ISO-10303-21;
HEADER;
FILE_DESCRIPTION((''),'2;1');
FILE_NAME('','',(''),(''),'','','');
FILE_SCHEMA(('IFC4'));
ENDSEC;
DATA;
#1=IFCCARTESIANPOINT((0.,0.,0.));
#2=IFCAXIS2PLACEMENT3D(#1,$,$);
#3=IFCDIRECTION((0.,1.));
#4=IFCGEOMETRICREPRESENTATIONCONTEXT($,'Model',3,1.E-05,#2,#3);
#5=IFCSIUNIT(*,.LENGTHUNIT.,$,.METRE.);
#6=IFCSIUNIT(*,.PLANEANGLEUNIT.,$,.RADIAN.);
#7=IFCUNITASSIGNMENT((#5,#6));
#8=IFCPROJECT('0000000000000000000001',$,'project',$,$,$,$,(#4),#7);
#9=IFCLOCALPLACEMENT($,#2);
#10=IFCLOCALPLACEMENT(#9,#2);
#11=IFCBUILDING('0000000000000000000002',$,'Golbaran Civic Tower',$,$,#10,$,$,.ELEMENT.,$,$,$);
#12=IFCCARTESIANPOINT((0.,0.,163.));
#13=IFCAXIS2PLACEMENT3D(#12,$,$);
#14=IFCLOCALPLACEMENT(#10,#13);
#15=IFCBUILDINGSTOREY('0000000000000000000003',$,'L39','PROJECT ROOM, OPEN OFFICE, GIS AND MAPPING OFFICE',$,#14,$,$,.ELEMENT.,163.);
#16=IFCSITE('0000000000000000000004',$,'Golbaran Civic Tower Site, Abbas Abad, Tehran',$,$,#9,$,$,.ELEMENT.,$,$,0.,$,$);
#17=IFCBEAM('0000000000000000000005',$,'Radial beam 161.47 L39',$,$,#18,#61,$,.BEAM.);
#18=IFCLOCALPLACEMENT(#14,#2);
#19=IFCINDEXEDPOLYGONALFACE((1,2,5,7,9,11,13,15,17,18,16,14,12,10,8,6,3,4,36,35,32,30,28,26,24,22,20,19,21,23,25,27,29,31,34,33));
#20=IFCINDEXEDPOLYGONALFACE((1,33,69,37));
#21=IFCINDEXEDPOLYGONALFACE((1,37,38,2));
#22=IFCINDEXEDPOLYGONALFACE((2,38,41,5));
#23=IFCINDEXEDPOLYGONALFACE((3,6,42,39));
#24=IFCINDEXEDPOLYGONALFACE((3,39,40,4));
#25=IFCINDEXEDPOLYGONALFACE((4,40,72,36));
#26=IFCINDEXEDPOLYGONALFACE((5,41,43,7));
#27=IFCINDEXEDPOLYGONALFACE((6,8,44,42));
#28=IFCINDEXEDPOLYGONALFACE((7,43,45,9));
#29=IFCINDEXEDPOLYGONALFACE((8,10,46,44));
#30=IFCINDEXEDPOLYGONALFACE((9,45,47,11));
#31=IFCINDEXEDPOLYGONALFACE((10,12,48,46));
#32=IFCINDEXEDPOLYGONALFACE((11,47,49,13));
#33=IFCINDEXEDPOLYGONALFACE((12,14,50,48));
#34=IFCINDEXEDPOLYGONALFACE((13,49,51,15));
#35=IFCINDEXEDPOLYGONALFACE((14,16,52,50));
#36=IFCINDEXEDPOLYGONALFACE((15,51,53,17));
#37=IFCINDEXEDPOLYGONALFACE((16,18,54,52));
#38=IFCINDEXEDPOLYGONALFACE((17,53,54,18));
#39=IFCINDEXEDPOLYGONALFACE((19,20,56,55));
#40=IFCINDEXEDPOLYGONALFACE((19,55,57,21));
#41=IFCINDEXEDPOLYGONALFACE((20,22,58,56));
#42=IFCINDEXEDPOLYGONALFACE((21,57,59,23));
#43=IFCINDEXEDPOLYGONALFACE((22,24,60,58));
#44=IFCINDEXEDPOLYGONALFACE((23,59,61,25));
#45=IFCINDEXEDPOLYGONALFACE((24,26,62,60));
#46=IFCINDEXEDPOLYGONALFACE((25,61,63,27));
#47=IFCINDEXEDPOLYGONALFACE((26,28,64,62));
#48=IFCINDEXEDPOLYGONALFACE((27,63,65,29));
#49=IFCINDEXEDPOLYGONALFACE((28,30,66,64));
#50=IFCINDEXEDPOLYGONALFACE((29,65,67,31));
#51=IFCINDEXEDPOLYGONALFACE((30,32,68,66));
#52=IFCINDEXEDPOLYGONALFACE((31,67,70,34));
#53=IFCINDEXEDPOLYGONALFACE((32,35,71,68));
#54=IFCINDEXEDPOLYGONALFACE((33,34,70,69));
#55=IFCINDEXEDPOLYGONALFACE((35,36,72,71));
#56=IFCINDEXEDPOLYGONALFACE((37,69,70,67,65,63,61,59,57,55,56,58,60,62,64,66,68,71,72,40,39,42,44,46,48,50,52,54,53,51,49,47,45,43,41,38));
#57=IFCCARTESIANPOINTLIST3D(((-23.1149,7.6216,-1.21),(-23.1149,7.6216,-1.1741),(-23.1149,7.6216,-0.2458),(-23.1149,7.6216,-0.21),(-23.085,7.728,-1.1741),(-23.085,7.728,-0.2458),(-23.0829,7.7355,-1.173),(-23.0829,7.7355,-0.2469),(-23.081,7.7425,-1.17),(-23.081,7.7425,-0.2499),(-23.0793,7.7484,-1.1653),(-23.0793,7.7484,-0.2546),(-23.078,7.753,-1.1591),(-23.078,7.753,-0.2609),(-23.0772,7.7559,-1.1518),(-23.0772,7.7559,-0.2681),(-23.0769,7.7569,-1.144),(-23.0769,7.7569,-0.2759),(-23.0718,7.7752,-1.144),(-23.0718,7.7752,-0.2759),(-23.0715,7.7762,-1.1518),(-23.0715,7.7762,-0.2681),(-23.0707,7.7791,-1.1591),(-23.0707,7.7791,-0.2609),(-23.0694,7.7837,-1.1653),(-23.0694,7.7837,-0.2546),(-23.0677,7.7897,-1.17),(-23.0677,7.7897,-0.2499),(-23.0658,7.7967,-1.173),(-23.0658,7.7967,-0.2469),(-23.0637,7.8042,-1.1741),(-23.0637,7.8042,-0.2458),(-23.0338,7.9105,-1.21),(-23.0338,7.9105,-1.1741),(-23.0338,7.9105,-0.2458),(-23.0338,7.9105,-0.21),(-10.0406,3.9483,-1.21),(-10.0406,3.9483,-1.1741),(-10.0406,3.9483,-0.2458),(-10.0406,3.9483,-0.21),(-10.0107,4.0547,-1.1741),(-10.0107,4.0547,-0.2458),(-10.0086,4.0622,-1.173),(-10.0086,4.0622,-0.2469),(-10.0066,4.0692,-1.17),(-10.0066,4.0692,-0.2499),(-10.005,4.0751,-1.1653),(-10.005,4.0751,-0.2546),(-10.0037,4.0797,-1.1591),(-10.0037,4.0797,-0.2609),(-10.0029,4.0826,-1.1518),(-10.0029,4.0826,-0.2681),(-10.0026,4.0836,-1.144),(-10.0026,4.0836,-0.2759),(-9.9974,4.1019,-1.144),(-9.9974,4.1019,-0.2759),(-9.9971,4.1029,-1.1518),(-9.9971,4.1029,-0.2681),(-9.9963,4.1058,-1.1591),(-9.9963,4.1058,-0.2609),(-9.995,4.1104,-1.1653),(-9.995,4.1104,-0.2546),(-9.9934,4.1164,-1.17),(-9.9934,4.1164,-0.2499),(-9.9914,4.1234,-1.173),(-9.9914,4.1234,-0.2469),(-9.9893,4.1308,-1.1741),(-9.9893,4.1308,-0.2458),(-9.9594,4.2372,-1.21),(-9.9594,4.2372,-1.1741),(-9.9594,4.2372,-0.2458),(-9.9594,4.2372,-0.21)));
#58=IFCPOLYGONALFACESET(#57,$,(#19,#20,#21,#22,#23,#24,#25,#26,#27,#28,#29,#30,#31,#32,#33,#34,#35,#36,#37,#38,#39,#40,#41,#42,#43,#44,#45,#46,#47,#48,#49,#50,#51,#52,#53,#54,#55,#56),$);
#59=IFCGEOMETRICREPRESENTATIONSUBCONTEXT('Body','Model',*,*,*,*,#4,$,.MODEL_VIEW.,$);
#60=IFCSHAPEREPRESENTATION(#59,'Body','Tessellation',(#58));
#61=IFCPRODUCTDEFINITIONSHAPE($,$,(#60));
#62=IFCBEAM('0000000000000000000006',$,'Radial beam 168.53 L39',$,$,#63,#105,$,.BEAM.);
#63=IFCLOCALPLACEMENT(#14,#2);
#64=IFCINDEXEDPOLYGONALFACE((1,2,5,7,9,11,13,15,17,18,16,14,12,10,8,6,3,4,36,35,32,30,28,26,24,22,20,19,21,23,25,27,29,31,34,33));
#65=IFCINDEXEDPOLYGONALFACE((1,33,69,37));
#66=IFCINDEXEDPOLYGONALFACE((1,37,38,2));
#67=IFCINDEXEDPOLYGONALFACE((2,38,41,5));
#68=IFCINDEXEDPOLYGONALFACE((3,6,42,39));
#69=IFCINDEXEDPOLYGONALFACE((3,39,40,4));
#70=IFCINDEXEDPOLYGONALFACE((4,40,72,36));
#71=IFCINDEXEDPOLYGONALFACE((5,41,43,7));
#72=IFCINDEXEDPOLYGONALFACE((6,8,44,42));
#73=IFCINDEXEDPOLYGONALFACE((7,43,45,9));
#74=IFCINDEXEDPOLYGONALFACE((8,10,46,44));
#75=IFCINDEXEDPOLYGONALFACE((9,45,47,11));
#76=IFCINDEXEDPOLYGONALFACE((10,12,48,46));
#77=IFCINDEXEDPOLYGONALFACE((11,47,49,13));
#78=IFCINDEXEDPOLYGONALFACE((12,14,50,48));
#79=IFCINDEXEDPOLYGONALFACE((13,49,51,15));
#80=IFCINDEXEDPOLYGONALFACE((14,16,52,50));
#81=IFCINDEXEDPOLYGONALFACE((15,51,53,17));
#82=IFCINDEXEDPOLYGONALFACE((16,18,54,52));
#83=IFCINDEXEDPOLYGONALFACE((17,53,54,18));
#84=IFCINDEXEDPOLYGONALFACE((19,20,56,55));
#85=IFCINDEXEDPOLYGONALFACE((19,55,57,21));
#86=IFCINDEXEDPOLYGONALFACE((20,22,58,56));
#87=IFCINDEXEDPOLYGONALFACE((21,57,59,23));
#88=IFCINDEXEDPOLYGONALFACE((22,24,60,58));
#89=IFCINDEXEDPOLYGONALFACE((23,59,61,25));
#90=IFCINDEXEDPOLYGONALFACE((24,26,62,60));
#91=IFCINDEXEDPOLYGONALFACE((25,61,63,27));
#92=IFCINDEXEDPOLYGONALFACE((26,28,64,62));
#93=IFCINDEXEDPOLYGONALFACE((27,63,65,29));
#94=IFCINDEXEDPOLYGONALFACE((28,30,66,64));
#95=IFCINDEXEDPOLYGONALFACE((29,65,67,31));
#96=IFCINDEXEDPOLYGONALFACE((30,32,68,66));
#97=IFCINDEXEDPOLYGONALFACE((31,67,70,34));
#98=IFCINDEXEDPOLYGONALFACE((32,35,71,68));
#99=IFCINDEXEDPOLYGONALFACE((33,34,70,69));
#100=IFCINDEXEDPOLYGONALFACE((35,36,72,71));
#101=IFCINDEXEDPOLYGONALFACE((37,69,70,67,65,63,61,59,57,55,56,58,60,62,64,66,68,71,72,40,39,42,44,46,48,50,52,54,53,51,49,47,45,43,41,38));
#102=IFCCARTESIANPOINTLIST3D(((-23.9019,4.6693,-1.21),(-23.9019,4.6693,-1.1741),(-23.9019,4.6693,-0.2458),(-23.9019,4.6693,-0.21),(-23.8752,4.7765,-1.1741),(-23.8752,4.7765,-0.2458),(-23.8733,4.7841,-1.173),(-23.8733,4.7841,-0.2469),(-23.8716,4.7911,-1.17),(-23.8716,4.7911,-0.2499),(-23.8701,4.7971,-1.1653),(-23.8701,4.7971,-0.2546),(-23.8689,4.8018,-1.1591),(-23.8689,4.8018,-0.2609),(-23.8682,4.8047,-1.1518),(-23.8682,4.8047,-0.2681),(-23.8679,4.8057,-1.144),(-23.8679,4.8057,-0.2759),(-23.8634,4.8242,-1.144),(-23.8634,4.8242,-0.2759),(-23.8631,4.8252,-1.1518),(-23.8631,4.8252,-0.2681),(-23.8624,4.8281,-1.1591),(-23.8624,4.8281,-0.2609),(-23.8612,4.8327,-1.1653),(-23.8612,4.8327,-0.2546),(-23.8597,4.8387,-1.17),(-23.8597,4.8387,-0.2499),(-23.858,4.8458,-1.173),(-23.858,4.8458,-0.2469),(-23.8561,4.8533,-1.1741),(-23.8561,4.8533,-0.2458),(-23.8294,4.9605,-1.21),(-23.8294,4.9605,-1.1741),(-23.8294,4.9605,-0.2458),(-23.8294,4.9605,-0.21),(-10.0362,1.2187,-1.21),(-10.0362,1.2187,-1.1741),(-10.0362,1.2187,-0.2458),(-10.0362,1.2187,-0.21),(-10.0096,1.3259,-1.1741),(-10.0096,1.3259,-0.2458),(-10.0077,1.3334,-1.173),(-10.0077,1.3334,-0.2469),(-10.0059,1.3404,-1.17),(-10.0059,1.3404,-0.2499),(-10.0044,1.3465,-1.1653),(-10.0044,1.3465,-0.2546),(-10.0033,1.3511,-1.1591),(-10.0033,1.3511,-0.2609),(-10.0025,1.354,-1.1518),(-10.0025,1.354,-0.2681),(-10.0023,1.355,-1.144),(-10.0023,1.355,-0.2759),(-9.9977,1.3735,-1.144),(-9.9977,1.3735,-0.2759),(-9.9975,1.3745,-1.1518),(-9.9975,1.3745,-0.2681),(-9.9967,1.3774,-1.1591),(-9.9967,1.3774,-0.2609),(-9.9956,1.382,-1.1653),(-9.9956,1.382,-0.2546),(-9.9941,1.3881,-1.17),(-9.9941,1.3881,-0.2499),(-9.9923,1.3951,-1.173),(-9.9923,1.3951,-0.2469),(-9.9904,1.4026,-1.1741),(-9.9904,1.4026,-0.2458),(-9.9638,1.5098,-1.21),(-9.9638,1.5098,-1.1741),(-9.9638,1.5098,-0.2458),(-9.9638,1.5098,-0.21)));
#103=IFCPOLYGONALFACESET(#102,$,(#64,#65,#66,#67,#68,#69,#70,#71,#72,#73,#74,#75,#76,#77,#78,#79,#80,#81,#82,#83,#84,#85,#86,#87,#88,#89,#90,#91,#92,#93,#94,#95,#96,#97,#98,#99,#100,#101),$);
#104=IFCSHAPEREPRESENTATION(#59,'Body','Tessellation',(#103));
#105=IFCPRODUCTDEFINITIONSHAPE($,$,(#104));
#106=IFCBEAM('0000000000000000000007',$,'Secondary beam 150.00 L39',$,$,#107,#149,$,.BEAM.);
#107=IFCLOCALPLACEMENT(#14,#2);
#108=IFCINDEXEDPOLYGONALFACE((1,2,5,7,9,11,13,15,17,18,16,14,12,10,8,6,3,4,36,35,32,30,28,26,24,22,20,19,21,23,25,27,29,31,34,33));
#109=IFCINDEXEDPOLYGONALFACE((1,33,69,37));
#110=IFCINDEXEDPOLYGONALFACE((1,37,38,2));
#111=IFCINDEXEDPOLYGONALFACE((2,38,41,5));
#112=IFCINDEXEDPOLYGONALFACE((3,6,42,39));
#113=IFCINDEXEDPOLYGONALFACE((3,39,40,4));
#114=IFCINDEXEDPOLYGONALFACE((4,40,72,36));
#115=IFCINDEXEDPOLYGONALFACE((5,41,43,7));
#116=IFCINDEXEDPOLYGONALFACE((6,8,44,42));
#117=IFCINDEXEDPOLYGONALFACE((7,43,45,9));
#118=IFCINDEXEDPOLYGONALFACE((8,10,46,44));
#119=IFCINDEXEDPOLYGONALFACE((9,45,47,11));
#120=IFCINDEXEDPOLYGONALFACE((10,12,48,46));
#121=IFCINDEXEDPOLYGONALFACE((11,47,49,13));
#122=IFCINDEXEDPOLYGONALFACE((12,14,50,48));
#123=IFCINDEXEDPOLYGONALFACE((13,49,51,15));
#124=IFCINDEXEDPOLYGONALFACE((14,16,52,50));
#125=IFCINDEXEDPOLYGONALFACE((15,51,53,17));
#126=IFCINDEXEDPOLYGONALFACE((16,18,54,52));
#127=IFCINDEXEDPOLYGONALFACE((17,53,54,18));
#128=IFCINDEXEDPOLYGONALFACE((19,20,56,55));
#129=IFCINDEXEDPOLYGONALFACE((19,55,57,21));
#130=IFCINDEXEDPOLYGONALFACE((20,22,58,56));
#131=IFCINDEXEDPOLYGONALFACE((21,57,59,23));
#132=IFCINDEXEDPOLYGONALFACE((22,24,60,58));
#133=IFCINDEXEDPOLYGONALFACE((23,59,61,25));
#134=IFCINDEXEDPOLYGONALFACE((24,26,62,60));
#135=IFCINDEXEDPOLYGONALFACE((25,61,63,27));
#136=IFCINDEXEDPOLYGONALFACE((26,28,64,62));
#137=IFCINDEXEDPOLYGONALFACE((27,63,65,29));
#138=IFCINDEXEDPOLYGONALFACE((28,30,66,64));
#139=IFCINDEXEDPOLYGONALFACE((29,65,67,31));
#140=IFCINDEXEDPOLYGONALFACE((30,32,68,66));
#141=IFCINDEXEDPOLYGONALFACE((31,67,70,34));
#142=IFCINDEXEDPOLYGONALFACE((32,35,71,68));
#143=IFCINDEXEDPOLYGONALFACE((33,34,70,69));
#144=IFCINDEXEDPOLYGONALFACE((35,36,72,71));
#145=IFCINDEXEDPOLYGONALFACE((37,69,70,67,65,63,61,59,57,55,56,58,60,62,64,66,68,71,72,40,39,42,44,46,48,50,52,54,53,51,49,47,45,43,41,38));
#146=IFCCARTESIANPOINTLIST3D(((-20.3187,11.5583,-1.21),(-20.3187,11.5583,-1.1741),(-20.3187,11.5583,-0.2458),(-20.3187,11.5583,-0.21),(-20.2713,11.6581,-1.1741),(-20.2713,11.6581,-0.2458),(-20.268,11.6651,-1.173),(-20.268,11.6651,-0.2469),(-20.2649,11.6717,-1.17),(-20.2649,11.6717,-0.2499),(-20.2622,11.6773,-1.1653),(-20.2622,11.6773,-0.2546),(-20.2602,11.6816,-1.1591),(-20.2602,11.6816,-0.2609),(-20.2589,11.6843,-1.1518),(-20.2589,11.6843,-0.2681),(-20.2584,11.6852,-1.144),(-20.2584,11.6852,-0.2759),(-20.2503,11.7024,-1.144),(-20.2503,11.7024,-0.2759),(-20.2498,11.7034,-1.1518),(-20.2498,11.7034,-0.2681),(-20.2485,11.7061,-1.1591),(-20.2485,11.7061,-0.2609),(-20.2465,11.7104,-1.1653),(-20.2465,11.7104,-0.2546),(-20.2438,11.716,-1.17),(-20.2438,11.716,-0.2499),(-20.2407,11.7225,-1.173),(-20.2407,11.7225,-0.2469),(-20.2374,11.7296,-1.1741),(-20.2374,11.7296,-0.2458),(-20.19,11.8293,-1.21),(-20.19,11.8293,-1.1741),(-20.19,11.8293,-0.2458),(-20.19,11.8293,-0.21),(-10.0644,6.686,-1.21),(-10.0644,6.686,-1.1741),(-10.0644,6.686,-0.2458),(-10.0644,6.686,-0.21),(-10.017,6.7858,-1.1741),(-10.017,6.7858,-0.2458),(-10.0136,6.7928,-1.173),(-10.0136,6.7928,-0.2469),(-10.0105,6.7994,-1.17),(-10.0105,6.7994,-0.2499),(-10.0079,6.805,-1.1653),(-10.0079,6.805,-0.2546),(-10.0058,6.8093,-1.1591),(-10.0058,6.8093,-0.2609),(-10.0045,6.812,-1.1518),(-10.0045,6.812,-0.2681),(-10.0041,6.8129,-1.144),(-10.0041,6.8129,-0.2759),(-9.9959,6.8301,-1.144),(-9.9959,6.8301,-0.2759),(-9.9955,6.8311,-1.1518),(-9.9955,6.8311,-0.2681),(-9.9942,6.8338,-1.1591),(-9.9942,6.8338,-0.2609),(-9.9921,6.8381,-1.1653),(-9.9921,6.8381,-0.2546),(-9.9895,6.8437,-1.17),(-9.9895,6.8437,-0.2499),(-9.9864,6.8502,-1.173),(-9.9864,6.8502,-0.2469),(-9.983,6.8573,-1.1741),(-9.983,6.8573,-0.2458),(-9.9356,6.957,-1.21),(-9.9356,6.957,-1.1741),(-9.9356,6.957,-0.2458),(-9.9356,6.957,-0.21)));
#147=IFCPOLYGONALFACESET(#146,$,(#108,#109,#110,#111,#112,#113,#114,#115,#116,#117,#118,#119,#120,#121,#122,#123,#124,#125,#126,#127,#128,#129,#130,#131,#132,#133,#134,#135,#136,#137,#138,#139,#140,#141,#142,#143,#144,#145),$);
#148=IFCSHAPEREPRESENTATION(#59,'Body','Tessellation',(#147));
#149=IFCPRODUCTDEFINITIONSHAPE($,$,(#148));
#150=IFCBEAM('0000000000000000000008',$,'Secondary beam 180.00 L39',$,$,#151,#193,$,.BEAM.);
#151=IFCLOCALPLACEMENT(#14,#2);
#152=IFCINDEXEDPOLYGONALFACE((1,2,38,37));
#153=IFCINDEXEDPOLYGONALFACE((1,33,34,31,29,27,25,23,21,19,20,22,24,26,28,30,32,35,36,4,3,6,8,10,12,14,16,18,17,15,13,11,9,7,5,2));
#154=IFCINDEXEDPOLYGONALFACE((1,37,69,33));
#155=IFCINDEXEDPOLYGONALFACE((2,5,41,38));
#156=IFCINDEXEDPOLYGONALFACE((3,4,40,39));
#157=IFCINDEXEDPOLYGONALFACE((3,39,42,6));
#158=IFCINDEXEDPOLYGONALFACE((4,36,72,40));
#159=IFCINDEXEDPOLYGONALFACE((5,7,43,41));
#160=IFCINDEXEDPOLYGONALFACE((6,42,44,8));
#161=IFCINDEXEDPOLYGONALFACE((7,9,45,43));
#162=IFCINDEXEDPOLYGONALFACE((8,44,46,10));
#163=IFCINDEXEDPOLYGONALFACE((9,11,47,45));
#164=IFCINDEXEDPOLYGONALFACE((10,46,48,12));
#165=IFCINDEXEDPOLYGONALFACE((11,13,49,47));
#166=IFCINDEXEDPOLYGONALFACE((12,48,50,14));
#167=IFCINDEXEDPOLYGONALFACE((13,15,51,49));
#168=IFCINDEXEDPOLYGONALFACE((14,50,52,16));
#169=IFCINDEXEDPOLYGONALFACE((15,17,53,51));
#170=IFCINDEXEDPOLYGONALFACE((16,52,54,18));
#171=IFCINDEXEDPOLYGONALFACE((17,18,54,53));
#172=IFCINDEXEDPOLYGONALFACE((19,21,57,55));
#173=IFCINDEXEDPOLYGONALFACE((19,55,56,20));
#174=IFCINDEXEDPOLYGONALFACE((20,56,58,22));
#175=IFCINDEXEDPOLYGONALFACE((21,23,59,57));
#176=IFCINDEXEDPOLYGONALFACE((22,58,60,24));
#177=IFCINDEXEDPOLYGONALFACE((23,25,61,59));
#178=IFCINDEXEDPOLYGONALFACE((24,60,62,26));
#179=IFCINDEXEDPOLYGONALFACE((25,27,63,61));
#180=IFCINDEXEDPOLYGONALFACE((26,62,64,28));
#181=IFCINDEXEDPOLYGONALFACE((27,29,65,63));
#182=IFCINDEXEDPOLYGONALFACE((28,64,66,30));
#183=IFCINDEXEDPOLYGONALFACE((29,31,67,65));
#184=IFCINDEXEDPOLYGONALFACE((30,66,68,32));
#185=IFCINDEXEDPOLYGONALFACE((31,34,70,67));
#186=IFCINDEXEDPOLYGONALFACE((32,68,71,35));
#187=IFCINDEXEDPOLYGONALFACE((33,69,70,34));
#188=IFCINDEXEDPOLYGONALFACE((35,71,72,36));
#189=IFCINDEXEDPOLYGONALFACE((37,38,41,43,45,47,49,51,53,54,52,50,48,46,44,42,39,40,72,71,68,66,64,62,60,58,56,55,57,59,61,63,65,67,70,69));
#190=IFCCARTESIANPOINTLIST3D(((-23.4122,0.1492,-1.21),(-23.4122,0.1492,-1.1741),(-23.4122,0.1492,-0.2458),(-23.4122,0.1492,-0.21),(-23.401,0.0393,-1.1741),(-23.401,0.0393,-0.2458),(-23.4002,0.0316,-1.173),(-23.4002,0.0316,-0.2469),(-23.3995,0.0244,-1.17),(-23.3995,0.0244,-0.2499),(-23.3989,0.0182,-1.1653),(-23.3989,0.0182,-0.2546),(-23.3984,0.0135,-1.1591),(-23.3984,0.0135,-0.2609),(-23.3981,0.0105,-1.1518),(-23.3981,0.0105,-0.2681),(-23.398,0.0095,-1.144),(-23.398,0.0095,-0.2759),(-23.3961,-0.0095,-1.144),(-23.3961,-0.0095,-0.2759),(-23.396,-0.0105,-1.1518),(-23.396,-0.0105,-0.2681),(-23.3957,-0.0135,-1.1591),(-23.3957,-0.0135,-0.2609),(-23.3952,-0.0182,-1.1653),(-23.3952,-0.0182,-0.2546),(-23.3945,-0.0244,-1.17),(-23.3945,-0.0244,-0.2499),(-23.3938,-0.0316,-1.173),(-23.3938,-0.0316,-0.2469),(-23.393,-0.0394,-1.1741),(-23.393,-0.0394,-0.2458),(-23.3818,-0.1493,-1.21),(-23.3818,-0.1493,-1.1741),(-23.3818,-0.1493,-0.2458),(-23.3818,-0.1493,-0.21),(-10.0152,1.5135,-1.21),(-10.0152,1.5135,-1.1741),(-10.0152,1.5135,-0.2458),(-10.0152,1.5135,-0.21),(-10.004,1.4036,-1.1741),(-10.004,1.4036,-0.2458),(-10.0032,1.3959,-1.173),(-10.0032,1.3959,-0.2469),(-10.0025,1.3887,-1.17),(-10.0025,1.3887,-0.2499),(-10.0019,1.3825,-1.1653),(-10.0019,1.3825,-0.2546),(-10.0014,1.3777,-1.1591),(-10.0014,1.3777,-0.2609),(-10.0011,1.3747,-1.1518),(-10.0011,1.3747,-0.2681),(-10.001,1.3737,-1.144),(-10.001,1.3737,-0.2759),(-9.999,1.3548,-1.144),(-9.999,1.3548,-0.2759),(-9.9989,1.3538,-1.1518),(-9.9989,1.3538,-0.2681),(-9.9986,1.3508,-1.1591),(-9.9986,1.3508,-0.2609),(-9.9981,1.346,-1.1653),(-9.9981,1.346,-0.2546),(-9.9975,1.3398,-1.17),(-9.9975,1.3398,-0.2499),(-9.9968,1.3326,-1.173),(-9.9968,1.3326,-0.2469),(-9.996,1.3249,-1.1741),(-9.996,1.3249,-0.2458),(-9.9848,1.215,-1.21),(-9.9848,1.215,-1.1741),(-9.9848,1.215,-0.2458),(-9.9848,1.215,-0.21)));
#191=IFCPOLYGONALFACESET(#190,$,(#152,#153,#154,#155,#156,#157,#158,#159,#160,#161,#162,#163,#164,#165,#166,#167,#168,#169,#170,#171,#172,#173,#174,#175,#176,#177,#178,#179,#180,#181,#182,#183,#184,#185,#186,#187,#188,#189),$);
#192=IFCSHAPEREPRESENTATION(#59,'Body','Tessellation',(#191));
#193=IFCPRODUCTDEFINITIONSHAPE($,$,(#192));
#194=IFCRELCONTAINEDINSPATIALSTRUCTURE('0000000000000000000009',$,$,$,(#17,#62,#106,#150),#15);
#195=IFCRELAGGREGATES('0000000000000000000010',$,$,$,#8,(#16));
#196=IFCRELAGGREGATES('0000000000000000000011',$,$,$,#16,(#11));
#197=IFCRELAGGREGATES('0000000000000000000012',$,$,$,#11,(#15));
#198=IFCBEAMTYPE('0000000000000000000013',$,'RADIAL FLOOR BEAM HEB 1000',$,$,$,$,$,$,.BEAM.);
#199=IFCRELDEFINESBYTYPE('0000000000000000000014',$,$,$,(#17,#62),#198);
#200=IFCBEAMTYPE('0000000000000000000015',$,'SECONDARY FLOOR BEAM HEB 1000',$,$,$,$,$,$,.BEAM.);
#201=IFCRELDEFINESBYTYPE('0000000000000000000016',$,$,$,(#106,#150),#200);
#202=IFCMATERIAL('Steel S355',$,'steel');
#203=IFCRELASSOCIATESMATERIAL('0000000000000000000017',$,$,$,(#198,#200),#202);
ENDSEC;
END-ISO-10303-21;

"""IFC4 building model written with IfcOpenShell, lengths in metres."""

from ifc_helpers import new_model, si_unit, direction, frame, origin, origin_2d, place, context, subcontext, project, spatial, i_section, extrude, material, material_profile, profile_set, type_object, element, save


model = new_model("IFC4")

# Units and contexts
model_context = context("Model", 3, precision=1e-05, world=origin(), true_north=direction((0.0, 1.0)))
body_context = subcontext(model_context, "Body", "Model", "MODEL_VIEW")
ifc_project = project(units=[si_unit("LENGTHUNIT", "METRE"), si_unit("PLANEANGLEUNIT", "RADIAN")], contexts=[model_context])

# Site, building, storey
site_placement = place(None, origin())
site = spatial("IfcSite", under=ifc_project, at=site_placement, Name="Golbaran Civic Tower Site, Abbas Abad, Tehran", CompositionType="ELEMENT", RefElevation=0.0)
building_placement = place(site_placement, origin())
building = spatial("IfcBuilding", under=site, at=building_placement, Name="Golbaran Civic Tower", CompositionType="ELEMENT")
storey_placement = place(building_placement, frame((0.0, 0.0, 163.0)))
storey = spatial("IfcBuildingStorey", under=building, at=storey_placement, Name="L39", Description="PROJECT ROOM, OPEN OFFICE, GIS AND MAPPING OFFICE", CompositionType="ELEMENT", Elevation=163.0)

# Beams
ifc_material_1 = material(Name="Steel S355", Category="steel")
ifc_material_profile_1 = material_profile(ifc_material_1, i_section(OverallWidth=0.3, OverallDepth=1.0, WebThickness=0.019, FlangeThickness=0.0359, FilletRadius=0.03, at=origin_2d()), Name="HEB 1000")
ifc_profile_set_1 = profile_set([ifc_material_profile_1], Name="Steel S355")
beam_type_1 = type_object("IfcBeamType", Name="RADIAL FLOOR BEAM HEB 1000", PredefinedType="BEAM", material=ifc_profile_set_1)
beam_1_placement = place(storey_placement, frame((-10.0, 4.0928, -0.71), z_axis=(-0.962725, 0.270483, 0.0), x_axis=(-0.270483, -0.962725, 0.0)))
element("IfcBeam", 1, at=beam_1_placement, inside=storey, type_object=beam_type_1, Name="Radial beam 161.47 L39", PredefinedType="BEAM", context=body_context, shape_type="SweptSolid", body=[
    extrude(i_section(OverallWidth=0.3, OverallDepth=1.0, WebThickness=0.019, FlangeThickness=0.0359, FilletRadius=0.03, at=origin_2d()), origin(), (0.0, 0.0, 1.0), 13.5806),
])
beam_2_placement = place(storey_placement, frame((-10.0, 1.3643, -0.71), z_axis=(-0.970401, 0.241498, 0.0), x_axis=(-0.241498, -0.970401, 0.0)))
element("IfcBeam", 2, at=beam_2_placement, inside=storey, type_object=beam_type_1, Name="Radial beam 168.53 L39", PredefinedType="BEAM", context=body_context, shape_type="SweptSolid", body=[
    extrude(i_section(OverallWidth=0.3, OverallDepth=1.0, WebThickness=0.019, FlangeThickness=0.0359, FilletRadius=0.03, at=origin_2d()), origin(), (0.0, 0.0, 1.0), 14.2886),
])
ifc_material_profile_2 = material_profile(ifc_material_1, i_section(OverallWidth=0.3, OverallDepth=1.0, WebThickness=0.019, FlangeThickness=0.0359, FilletRadius=0.03, at=origin_2d()), Name="HEB 1000")
ifc_profile_set_2 = profile_set([ifc_material_profile_2], Name="Steel S355")
beam_type_2 = type_object("IfcBeamType", Name="SECONDARY FLOOR BEAM HEB 1000", PredefinedType="BEAM", material=ifc_profile_set_2)
beam_3_placement = place(storey_placement, frame((-10.0, 6.8215, -0.71), z_axis=(-0.903227, 0.429163, 0.0), x_axis=(-0.429163, -0.903227, 0.0)))
element("IfcBeam", 3, at=beam_3_placement, inside=storey, type_object=beam_type_2, Name="Secondary beam 150.00 L39", PredefinedType="BEAM", context=body_context, shape_type="SweptSolid", body=[
    extrude(i_section(OverallWidth=0.3, OverallDepth=1.0, WebThickness=0.019, FlangeThickness=0.0359, FilletRadius=0.03, at=origin_2d()), origin(), (0.0, 0.0, 1.0), 11.353),
])
beam_4_placement = place(storey_placement, frame((-10.0, 1.3643, -0.71), z_axis=(-0.994855, -0.101309, 0.0), x_axis=(0.101309, -0.994855, 0.0)))
element("IfcBeam", 4, at=beam_4_placement, inside=storey, type_object=beam_type_2, Name="Secondary beam 180.00 L39", PredefinedType="BEAM", context=body_context, shape_type="SweptSolid", body=[
    extrude(i_section(OverallWidth=0.3, OverallDepth=1.0, WebThickness=0.019, FlangeThickness=0.0359, FilletRadius=0.03, at=origin_2d()), origin(), (0.0, 0.0, 1.0), 13.4663),
])

save(model, "model.ifc")
